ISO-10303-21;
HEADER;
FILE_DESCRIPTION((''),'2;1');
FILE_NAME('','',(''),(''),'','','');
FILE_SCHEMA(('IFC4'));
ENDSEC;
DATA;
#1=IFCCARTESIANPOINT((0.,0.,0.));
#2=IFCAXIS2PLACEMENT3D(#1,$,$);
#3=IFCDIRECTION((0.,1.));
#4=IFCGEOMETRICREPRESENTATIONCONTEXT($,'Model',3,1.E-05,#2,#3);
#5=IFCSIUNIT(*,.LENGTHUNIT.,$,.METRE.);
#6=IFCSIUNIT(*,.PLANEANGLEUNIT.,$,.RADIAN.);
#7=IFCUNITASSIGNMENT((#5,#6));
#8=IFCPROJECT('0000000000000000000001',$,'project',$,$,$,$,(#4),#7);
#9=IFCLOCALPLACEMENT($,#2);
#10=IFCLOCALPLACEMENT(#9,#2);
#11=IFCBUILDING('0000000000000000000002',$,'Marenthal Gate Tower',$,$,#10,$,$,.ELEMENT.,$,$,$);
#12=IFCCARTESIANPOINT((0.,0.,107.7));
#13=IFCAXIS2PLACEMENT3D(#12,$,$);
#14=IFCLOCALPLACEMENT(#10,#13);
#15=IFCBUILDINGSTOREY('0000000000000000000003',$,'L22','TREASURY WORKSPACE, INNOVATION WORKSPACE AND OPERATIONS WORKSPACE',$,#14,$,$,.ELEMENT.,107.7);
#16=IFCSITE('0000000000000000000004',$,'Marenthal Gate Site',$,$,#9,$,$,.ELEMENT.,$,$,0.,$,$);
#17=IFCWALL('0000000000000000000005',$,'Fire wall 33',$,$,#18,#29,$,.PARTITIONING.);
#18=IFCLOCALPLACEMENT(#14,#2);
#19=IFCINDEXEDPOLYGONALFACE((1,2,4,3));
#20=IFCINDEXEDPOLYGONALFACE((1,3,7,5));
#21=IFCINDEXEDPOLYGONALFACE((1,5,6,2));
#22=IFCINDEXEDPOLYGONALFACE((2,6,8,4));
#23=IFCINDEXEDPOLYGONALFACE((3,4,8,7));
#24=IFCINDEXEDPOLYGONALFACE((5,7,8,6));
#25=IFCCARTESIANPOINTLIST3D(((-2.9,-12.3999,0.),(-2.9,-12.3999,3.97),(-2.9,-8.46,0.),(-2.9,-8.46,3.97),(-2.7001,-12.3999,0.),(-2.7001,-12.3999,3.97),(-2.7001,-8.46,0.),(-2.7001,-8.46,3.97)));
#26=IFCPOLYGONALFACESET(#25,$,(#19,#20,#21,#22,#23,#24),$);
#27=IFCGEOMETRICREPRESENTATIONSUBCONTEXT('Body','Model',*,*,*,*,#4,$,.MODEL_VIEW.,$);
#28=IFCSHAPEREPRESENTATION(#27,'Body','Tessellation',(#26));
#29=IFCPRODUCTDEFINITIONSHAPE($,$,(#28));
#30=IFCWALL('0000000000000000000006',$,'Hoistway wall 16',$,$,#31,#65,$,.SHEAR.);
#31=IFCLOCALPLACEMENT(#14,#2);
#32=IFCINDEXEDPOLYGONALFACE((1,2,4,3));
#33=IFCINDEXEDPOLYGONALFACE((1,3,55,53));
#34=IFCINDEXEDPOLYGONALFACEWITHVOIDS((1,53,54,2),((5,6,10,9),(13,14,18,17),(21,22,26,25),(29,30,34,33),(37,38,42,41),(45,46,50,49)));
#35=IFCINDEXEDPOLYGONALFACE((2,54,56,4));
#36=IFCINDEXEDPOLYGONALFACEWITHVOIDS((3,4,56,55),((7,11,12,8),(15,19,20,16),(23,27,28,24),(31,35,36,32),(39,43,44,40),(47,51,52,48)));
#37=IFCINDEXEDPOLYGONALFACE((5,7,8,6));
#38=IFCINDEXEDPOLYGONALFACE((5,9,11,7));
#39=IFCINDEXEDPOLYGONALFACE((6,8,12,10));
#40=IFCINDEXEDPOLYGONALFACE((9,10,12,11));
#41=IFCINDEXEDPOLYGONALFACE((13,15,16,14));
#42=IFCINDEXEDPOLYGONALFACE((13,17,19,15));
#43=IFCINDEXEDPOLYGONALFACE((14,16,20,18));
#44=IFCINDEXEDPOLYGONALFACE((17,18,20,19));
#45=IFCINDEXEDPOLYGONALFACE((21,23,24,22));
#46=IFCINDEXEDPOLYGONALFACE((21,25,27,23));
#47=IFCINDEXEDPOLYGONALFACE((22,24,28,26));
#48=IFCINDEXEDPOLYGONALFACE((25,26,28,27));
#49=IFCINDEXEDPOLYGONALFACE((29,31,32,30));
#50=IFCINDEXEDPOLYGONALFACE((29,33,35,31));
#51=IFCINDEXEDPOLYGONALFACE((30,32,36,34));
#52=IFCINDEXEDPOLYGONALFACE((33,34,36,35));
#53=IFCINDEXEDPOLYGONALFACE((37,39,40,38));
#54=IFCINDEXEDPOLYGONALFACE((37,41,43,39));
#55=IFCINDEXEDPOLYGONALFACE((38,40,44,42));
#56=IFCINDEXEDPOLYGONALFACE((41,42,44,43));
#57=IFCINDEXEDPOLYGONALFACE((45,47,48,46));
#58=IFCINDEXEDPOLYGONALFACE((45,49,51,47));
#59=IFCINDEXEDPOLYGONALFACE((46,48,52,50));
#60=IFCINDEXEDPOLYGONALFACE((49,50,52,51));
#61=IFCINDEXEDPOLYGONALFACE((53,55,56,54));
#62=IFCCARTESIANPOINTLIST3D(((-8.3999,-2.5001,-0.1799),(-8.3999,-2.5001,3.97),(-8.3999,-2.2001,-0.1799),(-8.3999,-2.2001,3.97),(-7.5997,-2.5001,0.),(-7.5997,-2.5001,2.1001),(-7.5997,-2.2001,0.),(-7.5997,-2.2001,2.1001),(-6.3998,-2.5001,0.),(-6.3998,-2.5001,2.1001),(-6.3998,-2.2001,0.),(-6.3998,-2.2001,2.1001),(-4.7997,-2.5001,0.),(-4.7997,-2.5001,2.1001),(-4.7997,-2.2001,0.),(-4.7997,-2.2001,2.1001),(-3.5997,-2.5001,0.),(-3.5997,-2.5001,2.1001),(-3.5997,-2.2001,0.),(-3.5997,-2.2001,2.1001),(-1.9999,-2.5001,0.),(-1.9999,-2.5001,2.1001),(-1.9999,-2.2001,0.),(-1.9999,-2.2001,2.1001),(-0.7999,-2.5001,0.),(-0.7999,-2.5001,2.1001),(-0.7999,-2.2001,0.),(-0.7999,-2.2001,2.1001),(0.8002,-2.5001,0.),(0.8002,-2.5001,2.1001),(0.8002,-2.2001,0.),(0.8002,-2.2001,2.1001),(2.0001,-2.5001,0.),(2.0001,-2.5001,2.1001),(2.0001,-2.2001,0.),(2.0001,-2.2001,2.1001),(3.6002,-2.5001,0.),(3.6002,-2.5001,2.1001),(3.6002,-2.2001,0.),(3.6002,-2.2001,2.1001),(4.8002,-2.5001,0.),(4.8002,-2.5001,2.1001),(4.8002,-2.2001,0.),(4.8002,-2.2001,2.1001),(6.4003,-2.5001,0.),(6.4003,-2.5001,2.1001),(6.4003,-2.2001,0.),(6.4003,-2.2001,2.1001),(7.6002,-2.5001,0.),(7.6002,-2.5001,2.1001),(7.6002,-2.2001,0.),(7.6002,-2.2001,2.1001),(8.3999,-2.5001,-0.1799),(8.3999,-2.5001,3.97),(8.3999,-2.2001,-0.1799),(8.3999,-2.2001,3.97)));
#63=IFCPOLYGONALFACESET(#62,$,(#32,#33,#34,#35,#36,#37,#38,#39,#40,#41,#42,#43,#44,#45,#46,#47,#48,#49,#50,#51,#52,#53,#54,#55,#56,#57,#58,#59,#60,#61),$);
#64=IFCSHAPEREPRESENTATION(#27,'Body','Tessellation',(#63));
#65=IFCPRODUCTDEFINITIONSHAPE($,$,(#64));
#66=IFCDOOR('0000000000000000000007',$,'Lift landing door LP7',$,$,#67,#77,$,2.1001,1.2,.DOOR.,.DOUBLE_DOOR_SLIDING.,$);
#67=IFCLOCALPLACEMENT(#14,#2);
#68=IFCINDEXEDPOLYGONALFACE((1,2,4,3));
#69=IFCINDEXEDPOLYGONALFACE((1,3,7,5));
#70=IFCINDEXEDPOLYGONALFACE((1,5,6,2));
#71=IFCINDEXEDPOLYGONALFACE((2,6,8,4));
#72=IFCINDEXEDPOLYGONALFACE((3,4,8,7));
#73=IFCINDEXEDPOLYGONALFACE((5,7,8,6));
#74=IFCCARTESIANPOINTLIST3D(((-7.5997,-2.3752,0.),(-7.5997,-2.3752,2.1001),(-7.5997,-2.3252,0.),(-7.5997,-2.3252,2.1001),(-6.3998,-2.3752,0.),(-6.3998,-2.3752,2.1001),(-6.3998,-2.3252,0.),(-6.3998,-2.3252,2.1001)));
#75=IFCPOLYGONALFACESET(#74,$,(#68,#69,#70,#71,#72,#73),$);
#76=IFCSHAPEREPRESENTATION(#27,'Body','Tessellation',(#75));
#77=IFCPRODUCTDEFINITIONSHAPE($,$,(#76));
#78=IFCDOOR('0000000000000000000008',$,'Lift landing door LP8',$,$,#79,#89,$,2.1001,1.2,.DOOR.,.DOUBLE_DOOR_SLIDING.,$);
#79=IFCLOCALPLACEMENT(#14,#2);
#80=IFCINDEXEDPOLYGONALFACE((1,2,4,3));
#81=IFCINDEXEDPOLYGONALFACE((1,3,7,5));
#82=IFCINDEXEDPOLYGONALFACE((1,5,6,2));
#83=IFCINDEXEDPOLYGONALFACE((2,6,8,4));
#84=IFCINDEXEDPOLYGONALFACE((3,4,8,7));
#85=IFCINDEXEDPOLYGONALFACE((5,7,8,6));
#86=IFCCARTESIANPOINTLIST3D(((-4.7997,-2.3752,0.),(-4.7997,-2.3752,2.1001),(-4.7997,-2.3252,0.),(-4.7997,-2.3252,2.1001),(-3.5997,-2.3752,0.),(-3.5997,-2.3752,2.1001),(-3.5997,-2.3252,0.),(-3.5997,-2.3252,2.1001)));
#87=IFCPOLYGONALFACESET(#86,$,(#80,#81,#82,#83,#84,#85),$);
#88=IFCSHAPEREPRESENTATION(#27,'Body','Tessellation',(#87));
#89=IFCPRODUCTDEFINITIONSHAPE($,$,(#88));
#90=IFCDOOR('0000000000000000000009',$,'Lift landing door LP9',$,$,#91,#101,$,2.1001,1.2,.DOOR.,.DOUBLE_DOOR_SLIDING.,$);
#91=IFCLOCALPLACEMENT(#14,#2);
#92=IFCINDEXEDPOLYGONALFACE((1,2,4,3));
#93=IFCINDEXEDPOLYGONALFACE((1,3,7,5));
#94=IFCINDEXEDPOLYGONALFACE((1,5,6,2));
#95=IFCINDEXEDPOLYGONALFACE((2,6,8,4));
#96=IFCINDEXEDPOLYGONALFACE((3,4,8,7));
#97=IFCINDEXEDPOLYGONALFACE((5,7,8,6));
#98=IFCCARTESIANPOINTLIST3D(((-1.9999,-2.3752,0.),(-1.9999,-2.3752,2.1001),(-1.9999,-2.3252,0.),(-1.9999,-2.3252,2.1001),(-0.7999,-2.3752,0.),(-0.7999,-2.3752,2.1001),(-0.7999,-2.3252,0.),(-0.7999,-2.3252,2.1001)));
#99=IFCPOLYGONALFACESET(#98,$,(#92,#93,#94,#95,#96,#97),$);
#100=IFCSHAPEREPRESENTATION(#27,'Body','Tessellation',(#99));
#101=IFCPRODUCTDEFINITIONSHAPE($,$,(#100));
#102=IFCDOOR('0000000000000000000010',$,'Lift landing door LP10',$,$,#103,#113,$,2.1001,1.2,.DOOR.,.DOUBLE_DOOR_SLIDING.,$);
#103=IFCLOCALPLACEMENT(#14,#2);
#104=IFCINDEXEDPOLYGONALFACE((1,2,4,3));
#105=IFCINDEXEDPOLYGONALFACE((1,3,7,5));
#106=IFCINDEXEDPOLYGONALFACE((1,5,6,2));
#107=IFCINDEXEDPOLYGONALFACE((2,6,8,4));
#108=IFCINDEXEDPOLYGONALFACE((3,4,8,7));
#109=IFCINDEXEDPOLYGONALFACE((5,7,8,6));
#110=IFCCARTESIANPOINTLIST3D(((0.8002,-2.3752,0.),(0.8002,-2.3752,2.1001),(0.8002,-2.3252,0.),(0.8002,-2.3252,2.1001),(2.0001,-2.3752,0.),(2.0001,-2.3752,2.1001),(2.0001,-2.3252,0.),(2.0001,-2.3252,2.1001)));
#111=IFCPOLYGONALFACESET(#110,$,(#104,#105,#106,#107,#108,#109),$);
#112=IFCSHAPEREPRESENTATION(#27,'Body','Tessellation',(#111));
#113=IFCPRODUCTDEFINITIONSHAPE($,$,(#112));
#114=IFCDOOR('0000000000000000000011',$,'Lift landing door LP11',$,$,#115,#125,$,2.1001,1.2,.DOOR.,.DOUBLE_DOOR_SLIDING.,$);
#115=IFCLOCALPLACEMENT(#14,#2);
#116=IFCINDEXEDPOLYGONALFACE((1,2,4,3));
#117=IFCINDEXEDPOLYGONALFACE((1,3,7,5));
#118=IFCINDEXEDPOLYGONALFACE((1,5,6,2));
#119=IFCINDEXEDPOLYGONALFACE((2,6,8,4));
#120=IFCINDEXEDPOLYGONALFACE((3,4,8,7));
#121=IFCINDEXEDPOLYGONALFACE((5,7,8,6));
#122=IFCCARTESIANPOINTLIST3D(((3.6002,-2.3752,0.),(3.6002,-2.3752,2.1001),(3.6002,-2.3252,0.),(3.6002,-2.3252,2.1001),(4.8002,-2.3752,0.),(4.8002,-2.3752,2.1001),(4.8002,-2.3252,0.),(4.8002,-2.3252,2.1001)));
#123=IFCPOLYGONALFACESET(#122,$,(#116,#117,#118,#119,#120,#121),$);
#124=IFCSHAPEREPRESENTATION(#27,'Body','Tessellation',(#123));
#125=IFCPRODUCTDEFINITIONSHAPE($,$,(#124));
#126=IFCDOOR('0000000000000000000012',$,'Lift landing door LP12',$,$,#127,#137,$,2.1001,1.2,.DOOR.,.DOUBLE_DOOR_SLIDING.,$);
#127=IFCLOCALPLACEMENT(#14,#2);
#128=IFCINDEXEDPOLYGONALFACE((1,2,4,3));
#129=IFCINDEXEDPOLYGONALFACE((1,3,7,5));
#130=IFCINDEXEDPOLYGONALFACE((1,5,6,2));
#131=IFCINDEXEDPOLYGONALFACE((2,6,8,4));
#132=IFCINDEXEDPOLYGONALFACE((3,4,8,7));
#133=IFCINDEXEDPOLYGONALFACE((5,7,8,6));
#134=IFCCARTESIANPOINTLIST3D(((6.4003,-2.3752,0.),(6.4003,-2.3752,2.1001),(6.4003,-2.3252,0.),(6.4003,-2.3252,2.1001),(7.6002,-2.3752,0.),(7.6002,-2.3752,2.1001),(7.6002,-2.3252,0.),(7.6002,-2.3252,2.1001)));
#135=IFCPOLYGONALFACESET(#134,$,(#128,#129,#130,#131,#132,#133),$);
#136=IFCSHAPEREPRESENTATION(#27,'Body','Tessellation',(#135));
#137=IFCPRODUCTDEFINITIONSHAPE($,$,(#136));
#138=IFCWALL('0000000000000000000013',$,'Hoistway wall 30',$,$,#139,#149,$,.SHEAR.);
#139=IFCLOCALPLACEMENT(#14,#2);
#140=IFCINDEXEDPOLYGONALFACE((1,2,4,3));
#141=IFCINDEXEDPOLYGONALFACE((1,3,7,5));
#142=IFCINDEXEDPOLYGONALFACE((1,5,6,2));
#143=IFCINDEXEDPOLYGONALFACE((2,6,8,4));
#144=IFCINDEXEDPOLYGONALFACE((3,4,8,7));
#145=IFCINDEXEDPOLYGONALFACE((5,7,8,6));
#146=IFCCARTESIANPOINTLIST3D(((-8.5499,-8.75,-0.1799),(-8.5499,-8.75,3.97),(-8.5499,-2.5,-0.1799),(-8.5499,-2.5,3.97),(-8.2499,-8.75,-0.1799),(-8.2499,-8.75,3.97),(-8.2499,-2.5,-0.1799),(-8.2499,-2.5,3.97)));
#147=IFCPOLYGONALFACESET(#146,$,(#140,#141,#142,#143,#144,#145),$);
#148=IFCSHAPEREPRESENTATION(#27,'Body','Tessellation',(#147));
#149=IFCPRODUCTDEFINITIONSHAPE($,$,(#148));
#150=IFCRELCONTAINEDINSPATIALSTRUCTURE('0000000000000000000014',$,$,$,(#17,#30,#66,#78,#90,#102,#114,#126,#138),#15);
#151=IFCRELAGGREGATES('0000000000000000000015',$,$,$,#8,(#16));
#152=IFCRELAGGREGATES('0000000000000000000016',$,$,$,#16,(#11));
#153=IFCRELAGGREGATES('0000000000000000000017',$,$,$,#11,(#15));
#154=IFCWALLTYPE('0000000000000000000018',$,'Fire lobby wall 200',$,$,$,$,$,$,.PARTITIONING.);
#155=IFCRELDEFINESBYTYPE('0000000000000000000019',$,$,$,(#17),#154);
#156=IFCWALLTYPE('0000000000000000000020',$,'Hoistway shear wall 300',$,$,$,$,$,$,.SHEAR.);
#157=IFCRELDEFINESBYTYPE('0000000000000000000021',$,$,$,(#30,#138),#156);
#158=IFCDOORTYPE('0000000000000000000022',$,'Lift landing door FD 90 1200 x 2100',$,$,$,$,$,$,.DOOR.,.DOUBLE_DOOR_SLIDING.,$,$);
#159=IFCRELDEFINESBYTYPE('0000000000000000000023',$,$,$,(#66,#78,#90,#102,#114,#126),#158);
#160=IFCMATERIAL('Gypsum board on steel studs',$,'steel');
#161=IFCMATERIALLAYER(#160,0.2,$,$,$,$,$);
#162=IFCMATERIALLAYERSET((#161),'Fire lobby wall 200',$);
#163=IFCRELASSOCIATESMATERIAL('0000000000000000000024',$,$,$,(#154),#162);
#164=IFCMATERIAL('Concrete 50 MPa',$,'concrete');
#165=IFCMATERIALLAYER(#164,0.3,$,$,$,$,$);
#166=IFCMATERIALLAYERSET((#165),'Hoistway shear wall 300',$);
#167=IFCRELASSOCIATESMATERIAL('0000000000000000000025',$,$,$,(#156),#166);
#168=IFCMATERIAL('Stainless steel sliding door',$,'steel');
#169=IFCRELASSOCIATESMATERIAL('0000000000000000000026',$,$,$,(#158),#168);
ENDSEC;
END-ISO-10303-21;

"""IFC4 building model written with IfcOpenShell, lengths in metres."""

from ifc_helpers import new_model, si_unit, direction, frame, frame_2d, origin, place, context, subcontext, project, spatial, rectangle, extrude, material, layer, layer_set, type_object, element, fill, save


model = new_model("IFC4")

# Units and contexts
model_context = context("Model", 3, precision=1e-05, world=origin(), true_north=direction((0.0, 1.0)))
body_context = subcontext(model_context, "Body", "Model", "MODEL_VIEW")
ifc_project = project(units=[si_unit("LENGTHUNIT", "METRE"), si_unit("PLANEANGLEUNIT", "RADIAN")], contexts=[model_context])

# Site, building, storey
site_placement = place(None, origin())
site = spatial("IfcSite", under=ifc_project, at=site_placement, Name="Marenthal Gate Site", CompositionType="ELEMENT", RefElevation=0.0)
building_placement = place(site_placement, origin())
building = spatial("IfcBuilding", under=site, at=building_placement, Name="Marenthal Gate Tower", CompositionType="ELEMENT")
storey_placement = place(building_placement, frame((0.0, 0.0, 107.7)))
storey = spatial("IfcBuildingStorey", under=building, at=storey_placement, Name="L22", Description="TREASURY WORKSPACE, INNOVATION WORKSPACE AND OPERATIONS WORKSPACE", CompositionType="ELEMENT", Elevation=107.7)

# Wall
ifc_material_1 = material(Name="Gypsum board on steel studs", Category="steel")
ifc_layer_1 = layer(ifc_material_1, 0.2)
ifc_layer_set_1 = layer_set([ifc_layer_1], Name="Fire lobby wall 200")
wall_type_1 = type_object("IfcWallType", Name="Fire lobby wall 200", PredefinedType="PARTITIONING", material=ifc_layer_set_1)
wall_1_placement = place(storey_placement, frame((-2.8, -12.3999, 0.0), z_axis=(0.0, 0.0, 1.0), x_axis=(0.0, 1.0, 0.0)))
element("IfcWall", 1, at=wall_1_placement, inside=storey, type_object=wall_type_1, Name="Fire wall 33", PredefinedType="PARTITIONING", context=body_context, shape_type="SweptSolid", body=[
    extrude(rectangle(XDim=3.9399, YDim=0.2, at=frame_2d((1.97, 0.0))), origin(), (0.0, 0.0, 1.0), 3.97),
])

# Wall, openings, doors
ifc_material_2 = material(Name="Concrete 50 MPa", Category="concrete")
ifc_layer_2 = layer(ifc_material_2, 0.3)
ifc_layer_set_2 = layer_set([ifc_layer_2], Name="Hoistway shear wall 300")
wall_type_2 = type_object("IfcWallType", Name="Hoistway shear wall 300", PredefinedType="SHEAR", material=ifc_layer_set_2)
wall_2_placement = place(storey_placement, frame((-8.3999, -2.3501, -0.1799), z_axis=(0.0, 0.0, 1.0), x_axis=(1.0, 0.0, 0.0)))
wall_2 = element("IfcWall", 2, at=wall_2_placement, inside=storey, type_object=wall_type_2, Name="Hoistway wall 16", PredefinedType="SHEAR", context=body_context, shape_type="SweptSolid", body=[
    extrude(rectangle(XDim=16.7998, YDim=0.3, at=frame_2d((8.3999, 0.0))), origin(), (0.0, 0.0, 1.0), 4.1499),
])
opening_1_placement = place(wall_2_placement, frame((0.8, 0.0, 0.1799)))
opening_1 = element("IfcOpeningElement", 3, at=opening_1_placement, cuts=wall_2, PredefinedType="OPENING", context=body_context, shape_type="SweptSolid", body=[
    extrude(rectangle(XDim=1.2, YDim=2.1001, at=frame_2d((0.6001, 1.05))), frame((0.0, 0.1602, 0.0), z_axis=(0.0, -1.0, 0.0), x_axis=(1.0, 0.0, 0.0)), (0.0, 0.0, 1.0), 0.3201),
])
opening_2_placement = place(wall_2_placement, frame((3.6001, 0.0, 0.1799)))
opening_2 = element("IfcOpeningElement", 4, at=opening_2_placement, cuts=wall_2, PredefinedType="OPENING", context=body_context, shape_type="SweptSolid", body=[
    extrude(rectangle(XDim=1.2, YDim=2.1001, at=frame_2d((0.6001, 1.05))), frame((0.0, 0.1602, 0.0), z_axis=(0.0, -1.0, 0.0), x_axis=(1.0, 0.0, 0.0)), (0.0, 0.0, 1.0), 0.3201),
])
opening_3_placement = place(wall_2_placement, frame((6.3999, 0.0, 0.1799)))
opening_3 = element("IfcOpeningElement", 5, at=opening_3_placement, cuts=wall_2, PredefinedType="OPENING", context=body_context, shape_type="SweptSolid", body=[
    extrude(rectangle(XDim=1.2, YDim=2.1001, at=frame_2d((0.6001, 1.05))), frame((0.0, 0.1602, 0.0), z_axis=(0.0, -1.0, 0.0), x_axis=(1.0, 0.0, 0.0)), (0.0, 0.0, 1.0), 0.3201),
])
opening_4_placement = place(wall_2_placement, frame((9.2, 0.0, 0.1799)))
opening_4 = element("IfcOpeningElement", 6, at=opening_4_placement, cuts=wall_2, PredefinedType="OPENING", context=body_context, shape_type="SweptSolid", body=[
    extrude(rectangle(XDim=1.2, YDim=2.1001, at=frame_2d((0.6001, 1.05))), frame((0.0, 0.1602, 0.0), z_axis=(0.0, -1.0, 0.0), x_axis=(1.0, 0.0, 0.0)), (0.0, 0.0, 1.0), 0.3201),
])
opening_5_placement = place(wall_2_placement, frame((12.0, 0.0, 0.1799)))
opening_5 = element("IfcOpeningElement", 7, at=opening_5_placement, cuts=wall_2, PredefinedType="OPENING", context=body_context, shape_type="SweptSolid", body=[
    extrude(rectangle(XDim=1.2, YDim=2.1001, at=frame_2d((0.6001, 1.05))), frame((0.0, 0.1602, 0.0), z_axis=(0.0, -1.0, 0.0), x_axis=(1.0, 0.0, 0.0)), (0.0, 0.0, 1.0), 0.3201),
])
opening_6_placement = place(wall_2_placement, frame((14.8, 0.0, 0.1799)))
opening_6 = element("IfcOpeningElement", 8, at=opening_6_placement, cuts=wall_2, PredefinedType="OPENING", context=body_context, shape_type="SweptSolid", body=[
    extrude(rectangle(XDim=1.2, YDim=2.1001, at=frame_2d((0.6001, 1.05))), frame((0.0, 0.1602, 0.0), z_axis=(0.0, -1.0, 0.0), x_axis=(1.0, 0.0, 0.0)), (0.0, 0.0, 1.0), 0.3201),
])
ifc_material_3 = material(Name="Stainless steel sliding door", Category="steel")
door_type_1 = type_object("IfcDoorType", Name="Lift landing door FD 90 1200 x 2100", OperationType="DOUBLE_DOOR_SLIDING", PredefinedType="DOOR", material=ifc_material_3)
door_1_placement = place(opening_1_placement, origin())
door_1 = element("IfcDoor", 9, at=door_1_placement, inside=storey, type_object=door_type_1, Name="Lift landing door LP7", OperationType="DOUBLE_DOOR_SLIDING", OverallHeight=2.1001, OverallWidth=1.2, PredefinedType="DOOR", context=body_context, shape_type="SweptSolid", body=[
    extrude(rectangle(XDim=1.2, YDim=2.1001, at=frame_2d((0.6001, 1.05))), frame((0.0, 0.0249, 0.0), z_axis=(0.0, -1.0, 0.0), x_axis=(1.0, 0.0, 0.0)), (0.0, 0.0, 1.0), 0.05),
])
fill(opening_1, door_1)
door_2_placement = place(opening_2_placement, origin())
door_2 = element("IfcDoor", 10, at=door_2_placement, inside=storey, type_object=door_type_1, Name="Lift landing door LP8", OperationType="DOUBLE_DOOR_SLIDING", OverallHeight=2.1001, OverallWidth=1.2, PredefinedType="DOOR", context=body_context, shape_type="SweptSolid", body=[
    extrude(rectangle(XDim=1.2, YDim=2.1001, at=frame_2d((0.6001, 1.05))), frame((0.0, 0.0249, 0.0), z_axis=(0.0, -1.0, 0.0), x_axis=(1.0, 0.0, 0.0)), (0.0, 0.0, 1.0), 0.05),
])
fill(opening_2, door_2)
door_3_placement = place(opening_3_placement, origin())
door_3 = element("IfcDoor", 11, at=door_3_placement, inside=storey, type_object=door_type_1, Name="Lift landing door LP9", OperationType="DOUBLE_DOOR_SLIDING", OverallHeight=2.1001, OverallWidth=1.2, PredefinedType="DOOR", context=body_context, shape_type="SweptSolid", body=[
    extrude(rectangle(XDim=1.2, YDim=2.1001, at=frame_2d((0.6001, 1.05))), frame((0.0, 0.0249, 0.0), z_axis=(0.0, -1.0, 0.0), x_axis=(1.0, 0.0, 0.0)), (0.0, 0.0, 1.0), 0.05),
])
fill(opening_3, door_3)
door_4_placement = place(opening_4_placement, origin())
door_4 = element("IfcDoor", 12, at=door_4_placement, inside=storey, type_object=door_type_1, Name="Lift landing door LP10", OperationType="DOUBLE_DOOR_SLIDING", OverallHeight=2.1001, OverallWidth=1.2, PredefinedType="DOOR", context=body_context, shape_type="SweptSolid", body=[
    extrude(rectangle(XDim=1.2, YDim=2.1001, at=frame_2d((0.6001, 1.05))), frame((0.0, 0.0249, 0.0), z_axis=(0.0, -1.0, 0.0), x_axis=(1.0, 0.0, 0.0)), (0.0, 0.0, 1.0), 0.05),
])
fill(opening_4, door_4)
door_5_placement = place(opening_5_placement, origin())
door_5 = element("IfcDoor", 13, at=door_5_placement, inside=storey, type_object=door_type_1, Name="Lift landing door LP11", OperationType="DOUBLE_DOOR_SLIDING", OverallHeight=2.1001, OverallWidth=1.2, PredefinedType="DOOR", context=body_context, shape_type="SweptSolid", body=[
    extrude(rectangle(XDim=1.2, YDim=2.1001, at=frame_2d((0.6001, 1.05))), frame((0.0, 0.0249, 0.0), z_axis=(0.0, -1.0, 0.0), x_axis=(1.0, 0.0, 0.0)), (0.0, 0.0, 1.0), 0.05),
])
fill(opening_5, door_5)
door_6_placement = place(opening_6_placement, origin())
door_6 = element("IfcDoor", 14, at=door_6_placement, inside=storey, type_object=door_type_1, Name="Lift landing door LP12", OperationType="DOUBLE_DOOR_SLIDING", OverallHeight=2.1001, OverallWidth=1.2, PredefinedType="DOOR", context=body_context, shape_type="SweptSolid", body=[
    extrude(rectangle(XDim=1.2, YDim=2.1001, at=frame_2d((0.6001, 1.05))), frame((0.0, 0.0249, 0.0), z_axis=(0.0, -1.0, 0.0), x_axis=(1.0, 0.0, 0.0)), (0.0, 0.0, 1.0), 0.05),
])
fill(opening_6, door_6)

# Wall
wall_3_placement = place(storey_placement, frame((-8.3999, -8.75, -0.1799), z_axis=(0.0, 0.0, 1.0), x_axis=(0.0, 1.0, 0.0)))
element("IfcWall", 15, at=wall_3_placement, inside=storey, type_object=wall_type_2, Name="Hoistway wall 30", PredefinedType="SHEAR", context=body_context, shape_type="SweptSolid", body=[
    extrude(rectangle(XDim=6.25, YDim=0.3, at=frame_2d((3.125, 0.0))), origin(), (0.0, 0.0, 1.0), 4.1499),
])

save(model, "model.ifc")
